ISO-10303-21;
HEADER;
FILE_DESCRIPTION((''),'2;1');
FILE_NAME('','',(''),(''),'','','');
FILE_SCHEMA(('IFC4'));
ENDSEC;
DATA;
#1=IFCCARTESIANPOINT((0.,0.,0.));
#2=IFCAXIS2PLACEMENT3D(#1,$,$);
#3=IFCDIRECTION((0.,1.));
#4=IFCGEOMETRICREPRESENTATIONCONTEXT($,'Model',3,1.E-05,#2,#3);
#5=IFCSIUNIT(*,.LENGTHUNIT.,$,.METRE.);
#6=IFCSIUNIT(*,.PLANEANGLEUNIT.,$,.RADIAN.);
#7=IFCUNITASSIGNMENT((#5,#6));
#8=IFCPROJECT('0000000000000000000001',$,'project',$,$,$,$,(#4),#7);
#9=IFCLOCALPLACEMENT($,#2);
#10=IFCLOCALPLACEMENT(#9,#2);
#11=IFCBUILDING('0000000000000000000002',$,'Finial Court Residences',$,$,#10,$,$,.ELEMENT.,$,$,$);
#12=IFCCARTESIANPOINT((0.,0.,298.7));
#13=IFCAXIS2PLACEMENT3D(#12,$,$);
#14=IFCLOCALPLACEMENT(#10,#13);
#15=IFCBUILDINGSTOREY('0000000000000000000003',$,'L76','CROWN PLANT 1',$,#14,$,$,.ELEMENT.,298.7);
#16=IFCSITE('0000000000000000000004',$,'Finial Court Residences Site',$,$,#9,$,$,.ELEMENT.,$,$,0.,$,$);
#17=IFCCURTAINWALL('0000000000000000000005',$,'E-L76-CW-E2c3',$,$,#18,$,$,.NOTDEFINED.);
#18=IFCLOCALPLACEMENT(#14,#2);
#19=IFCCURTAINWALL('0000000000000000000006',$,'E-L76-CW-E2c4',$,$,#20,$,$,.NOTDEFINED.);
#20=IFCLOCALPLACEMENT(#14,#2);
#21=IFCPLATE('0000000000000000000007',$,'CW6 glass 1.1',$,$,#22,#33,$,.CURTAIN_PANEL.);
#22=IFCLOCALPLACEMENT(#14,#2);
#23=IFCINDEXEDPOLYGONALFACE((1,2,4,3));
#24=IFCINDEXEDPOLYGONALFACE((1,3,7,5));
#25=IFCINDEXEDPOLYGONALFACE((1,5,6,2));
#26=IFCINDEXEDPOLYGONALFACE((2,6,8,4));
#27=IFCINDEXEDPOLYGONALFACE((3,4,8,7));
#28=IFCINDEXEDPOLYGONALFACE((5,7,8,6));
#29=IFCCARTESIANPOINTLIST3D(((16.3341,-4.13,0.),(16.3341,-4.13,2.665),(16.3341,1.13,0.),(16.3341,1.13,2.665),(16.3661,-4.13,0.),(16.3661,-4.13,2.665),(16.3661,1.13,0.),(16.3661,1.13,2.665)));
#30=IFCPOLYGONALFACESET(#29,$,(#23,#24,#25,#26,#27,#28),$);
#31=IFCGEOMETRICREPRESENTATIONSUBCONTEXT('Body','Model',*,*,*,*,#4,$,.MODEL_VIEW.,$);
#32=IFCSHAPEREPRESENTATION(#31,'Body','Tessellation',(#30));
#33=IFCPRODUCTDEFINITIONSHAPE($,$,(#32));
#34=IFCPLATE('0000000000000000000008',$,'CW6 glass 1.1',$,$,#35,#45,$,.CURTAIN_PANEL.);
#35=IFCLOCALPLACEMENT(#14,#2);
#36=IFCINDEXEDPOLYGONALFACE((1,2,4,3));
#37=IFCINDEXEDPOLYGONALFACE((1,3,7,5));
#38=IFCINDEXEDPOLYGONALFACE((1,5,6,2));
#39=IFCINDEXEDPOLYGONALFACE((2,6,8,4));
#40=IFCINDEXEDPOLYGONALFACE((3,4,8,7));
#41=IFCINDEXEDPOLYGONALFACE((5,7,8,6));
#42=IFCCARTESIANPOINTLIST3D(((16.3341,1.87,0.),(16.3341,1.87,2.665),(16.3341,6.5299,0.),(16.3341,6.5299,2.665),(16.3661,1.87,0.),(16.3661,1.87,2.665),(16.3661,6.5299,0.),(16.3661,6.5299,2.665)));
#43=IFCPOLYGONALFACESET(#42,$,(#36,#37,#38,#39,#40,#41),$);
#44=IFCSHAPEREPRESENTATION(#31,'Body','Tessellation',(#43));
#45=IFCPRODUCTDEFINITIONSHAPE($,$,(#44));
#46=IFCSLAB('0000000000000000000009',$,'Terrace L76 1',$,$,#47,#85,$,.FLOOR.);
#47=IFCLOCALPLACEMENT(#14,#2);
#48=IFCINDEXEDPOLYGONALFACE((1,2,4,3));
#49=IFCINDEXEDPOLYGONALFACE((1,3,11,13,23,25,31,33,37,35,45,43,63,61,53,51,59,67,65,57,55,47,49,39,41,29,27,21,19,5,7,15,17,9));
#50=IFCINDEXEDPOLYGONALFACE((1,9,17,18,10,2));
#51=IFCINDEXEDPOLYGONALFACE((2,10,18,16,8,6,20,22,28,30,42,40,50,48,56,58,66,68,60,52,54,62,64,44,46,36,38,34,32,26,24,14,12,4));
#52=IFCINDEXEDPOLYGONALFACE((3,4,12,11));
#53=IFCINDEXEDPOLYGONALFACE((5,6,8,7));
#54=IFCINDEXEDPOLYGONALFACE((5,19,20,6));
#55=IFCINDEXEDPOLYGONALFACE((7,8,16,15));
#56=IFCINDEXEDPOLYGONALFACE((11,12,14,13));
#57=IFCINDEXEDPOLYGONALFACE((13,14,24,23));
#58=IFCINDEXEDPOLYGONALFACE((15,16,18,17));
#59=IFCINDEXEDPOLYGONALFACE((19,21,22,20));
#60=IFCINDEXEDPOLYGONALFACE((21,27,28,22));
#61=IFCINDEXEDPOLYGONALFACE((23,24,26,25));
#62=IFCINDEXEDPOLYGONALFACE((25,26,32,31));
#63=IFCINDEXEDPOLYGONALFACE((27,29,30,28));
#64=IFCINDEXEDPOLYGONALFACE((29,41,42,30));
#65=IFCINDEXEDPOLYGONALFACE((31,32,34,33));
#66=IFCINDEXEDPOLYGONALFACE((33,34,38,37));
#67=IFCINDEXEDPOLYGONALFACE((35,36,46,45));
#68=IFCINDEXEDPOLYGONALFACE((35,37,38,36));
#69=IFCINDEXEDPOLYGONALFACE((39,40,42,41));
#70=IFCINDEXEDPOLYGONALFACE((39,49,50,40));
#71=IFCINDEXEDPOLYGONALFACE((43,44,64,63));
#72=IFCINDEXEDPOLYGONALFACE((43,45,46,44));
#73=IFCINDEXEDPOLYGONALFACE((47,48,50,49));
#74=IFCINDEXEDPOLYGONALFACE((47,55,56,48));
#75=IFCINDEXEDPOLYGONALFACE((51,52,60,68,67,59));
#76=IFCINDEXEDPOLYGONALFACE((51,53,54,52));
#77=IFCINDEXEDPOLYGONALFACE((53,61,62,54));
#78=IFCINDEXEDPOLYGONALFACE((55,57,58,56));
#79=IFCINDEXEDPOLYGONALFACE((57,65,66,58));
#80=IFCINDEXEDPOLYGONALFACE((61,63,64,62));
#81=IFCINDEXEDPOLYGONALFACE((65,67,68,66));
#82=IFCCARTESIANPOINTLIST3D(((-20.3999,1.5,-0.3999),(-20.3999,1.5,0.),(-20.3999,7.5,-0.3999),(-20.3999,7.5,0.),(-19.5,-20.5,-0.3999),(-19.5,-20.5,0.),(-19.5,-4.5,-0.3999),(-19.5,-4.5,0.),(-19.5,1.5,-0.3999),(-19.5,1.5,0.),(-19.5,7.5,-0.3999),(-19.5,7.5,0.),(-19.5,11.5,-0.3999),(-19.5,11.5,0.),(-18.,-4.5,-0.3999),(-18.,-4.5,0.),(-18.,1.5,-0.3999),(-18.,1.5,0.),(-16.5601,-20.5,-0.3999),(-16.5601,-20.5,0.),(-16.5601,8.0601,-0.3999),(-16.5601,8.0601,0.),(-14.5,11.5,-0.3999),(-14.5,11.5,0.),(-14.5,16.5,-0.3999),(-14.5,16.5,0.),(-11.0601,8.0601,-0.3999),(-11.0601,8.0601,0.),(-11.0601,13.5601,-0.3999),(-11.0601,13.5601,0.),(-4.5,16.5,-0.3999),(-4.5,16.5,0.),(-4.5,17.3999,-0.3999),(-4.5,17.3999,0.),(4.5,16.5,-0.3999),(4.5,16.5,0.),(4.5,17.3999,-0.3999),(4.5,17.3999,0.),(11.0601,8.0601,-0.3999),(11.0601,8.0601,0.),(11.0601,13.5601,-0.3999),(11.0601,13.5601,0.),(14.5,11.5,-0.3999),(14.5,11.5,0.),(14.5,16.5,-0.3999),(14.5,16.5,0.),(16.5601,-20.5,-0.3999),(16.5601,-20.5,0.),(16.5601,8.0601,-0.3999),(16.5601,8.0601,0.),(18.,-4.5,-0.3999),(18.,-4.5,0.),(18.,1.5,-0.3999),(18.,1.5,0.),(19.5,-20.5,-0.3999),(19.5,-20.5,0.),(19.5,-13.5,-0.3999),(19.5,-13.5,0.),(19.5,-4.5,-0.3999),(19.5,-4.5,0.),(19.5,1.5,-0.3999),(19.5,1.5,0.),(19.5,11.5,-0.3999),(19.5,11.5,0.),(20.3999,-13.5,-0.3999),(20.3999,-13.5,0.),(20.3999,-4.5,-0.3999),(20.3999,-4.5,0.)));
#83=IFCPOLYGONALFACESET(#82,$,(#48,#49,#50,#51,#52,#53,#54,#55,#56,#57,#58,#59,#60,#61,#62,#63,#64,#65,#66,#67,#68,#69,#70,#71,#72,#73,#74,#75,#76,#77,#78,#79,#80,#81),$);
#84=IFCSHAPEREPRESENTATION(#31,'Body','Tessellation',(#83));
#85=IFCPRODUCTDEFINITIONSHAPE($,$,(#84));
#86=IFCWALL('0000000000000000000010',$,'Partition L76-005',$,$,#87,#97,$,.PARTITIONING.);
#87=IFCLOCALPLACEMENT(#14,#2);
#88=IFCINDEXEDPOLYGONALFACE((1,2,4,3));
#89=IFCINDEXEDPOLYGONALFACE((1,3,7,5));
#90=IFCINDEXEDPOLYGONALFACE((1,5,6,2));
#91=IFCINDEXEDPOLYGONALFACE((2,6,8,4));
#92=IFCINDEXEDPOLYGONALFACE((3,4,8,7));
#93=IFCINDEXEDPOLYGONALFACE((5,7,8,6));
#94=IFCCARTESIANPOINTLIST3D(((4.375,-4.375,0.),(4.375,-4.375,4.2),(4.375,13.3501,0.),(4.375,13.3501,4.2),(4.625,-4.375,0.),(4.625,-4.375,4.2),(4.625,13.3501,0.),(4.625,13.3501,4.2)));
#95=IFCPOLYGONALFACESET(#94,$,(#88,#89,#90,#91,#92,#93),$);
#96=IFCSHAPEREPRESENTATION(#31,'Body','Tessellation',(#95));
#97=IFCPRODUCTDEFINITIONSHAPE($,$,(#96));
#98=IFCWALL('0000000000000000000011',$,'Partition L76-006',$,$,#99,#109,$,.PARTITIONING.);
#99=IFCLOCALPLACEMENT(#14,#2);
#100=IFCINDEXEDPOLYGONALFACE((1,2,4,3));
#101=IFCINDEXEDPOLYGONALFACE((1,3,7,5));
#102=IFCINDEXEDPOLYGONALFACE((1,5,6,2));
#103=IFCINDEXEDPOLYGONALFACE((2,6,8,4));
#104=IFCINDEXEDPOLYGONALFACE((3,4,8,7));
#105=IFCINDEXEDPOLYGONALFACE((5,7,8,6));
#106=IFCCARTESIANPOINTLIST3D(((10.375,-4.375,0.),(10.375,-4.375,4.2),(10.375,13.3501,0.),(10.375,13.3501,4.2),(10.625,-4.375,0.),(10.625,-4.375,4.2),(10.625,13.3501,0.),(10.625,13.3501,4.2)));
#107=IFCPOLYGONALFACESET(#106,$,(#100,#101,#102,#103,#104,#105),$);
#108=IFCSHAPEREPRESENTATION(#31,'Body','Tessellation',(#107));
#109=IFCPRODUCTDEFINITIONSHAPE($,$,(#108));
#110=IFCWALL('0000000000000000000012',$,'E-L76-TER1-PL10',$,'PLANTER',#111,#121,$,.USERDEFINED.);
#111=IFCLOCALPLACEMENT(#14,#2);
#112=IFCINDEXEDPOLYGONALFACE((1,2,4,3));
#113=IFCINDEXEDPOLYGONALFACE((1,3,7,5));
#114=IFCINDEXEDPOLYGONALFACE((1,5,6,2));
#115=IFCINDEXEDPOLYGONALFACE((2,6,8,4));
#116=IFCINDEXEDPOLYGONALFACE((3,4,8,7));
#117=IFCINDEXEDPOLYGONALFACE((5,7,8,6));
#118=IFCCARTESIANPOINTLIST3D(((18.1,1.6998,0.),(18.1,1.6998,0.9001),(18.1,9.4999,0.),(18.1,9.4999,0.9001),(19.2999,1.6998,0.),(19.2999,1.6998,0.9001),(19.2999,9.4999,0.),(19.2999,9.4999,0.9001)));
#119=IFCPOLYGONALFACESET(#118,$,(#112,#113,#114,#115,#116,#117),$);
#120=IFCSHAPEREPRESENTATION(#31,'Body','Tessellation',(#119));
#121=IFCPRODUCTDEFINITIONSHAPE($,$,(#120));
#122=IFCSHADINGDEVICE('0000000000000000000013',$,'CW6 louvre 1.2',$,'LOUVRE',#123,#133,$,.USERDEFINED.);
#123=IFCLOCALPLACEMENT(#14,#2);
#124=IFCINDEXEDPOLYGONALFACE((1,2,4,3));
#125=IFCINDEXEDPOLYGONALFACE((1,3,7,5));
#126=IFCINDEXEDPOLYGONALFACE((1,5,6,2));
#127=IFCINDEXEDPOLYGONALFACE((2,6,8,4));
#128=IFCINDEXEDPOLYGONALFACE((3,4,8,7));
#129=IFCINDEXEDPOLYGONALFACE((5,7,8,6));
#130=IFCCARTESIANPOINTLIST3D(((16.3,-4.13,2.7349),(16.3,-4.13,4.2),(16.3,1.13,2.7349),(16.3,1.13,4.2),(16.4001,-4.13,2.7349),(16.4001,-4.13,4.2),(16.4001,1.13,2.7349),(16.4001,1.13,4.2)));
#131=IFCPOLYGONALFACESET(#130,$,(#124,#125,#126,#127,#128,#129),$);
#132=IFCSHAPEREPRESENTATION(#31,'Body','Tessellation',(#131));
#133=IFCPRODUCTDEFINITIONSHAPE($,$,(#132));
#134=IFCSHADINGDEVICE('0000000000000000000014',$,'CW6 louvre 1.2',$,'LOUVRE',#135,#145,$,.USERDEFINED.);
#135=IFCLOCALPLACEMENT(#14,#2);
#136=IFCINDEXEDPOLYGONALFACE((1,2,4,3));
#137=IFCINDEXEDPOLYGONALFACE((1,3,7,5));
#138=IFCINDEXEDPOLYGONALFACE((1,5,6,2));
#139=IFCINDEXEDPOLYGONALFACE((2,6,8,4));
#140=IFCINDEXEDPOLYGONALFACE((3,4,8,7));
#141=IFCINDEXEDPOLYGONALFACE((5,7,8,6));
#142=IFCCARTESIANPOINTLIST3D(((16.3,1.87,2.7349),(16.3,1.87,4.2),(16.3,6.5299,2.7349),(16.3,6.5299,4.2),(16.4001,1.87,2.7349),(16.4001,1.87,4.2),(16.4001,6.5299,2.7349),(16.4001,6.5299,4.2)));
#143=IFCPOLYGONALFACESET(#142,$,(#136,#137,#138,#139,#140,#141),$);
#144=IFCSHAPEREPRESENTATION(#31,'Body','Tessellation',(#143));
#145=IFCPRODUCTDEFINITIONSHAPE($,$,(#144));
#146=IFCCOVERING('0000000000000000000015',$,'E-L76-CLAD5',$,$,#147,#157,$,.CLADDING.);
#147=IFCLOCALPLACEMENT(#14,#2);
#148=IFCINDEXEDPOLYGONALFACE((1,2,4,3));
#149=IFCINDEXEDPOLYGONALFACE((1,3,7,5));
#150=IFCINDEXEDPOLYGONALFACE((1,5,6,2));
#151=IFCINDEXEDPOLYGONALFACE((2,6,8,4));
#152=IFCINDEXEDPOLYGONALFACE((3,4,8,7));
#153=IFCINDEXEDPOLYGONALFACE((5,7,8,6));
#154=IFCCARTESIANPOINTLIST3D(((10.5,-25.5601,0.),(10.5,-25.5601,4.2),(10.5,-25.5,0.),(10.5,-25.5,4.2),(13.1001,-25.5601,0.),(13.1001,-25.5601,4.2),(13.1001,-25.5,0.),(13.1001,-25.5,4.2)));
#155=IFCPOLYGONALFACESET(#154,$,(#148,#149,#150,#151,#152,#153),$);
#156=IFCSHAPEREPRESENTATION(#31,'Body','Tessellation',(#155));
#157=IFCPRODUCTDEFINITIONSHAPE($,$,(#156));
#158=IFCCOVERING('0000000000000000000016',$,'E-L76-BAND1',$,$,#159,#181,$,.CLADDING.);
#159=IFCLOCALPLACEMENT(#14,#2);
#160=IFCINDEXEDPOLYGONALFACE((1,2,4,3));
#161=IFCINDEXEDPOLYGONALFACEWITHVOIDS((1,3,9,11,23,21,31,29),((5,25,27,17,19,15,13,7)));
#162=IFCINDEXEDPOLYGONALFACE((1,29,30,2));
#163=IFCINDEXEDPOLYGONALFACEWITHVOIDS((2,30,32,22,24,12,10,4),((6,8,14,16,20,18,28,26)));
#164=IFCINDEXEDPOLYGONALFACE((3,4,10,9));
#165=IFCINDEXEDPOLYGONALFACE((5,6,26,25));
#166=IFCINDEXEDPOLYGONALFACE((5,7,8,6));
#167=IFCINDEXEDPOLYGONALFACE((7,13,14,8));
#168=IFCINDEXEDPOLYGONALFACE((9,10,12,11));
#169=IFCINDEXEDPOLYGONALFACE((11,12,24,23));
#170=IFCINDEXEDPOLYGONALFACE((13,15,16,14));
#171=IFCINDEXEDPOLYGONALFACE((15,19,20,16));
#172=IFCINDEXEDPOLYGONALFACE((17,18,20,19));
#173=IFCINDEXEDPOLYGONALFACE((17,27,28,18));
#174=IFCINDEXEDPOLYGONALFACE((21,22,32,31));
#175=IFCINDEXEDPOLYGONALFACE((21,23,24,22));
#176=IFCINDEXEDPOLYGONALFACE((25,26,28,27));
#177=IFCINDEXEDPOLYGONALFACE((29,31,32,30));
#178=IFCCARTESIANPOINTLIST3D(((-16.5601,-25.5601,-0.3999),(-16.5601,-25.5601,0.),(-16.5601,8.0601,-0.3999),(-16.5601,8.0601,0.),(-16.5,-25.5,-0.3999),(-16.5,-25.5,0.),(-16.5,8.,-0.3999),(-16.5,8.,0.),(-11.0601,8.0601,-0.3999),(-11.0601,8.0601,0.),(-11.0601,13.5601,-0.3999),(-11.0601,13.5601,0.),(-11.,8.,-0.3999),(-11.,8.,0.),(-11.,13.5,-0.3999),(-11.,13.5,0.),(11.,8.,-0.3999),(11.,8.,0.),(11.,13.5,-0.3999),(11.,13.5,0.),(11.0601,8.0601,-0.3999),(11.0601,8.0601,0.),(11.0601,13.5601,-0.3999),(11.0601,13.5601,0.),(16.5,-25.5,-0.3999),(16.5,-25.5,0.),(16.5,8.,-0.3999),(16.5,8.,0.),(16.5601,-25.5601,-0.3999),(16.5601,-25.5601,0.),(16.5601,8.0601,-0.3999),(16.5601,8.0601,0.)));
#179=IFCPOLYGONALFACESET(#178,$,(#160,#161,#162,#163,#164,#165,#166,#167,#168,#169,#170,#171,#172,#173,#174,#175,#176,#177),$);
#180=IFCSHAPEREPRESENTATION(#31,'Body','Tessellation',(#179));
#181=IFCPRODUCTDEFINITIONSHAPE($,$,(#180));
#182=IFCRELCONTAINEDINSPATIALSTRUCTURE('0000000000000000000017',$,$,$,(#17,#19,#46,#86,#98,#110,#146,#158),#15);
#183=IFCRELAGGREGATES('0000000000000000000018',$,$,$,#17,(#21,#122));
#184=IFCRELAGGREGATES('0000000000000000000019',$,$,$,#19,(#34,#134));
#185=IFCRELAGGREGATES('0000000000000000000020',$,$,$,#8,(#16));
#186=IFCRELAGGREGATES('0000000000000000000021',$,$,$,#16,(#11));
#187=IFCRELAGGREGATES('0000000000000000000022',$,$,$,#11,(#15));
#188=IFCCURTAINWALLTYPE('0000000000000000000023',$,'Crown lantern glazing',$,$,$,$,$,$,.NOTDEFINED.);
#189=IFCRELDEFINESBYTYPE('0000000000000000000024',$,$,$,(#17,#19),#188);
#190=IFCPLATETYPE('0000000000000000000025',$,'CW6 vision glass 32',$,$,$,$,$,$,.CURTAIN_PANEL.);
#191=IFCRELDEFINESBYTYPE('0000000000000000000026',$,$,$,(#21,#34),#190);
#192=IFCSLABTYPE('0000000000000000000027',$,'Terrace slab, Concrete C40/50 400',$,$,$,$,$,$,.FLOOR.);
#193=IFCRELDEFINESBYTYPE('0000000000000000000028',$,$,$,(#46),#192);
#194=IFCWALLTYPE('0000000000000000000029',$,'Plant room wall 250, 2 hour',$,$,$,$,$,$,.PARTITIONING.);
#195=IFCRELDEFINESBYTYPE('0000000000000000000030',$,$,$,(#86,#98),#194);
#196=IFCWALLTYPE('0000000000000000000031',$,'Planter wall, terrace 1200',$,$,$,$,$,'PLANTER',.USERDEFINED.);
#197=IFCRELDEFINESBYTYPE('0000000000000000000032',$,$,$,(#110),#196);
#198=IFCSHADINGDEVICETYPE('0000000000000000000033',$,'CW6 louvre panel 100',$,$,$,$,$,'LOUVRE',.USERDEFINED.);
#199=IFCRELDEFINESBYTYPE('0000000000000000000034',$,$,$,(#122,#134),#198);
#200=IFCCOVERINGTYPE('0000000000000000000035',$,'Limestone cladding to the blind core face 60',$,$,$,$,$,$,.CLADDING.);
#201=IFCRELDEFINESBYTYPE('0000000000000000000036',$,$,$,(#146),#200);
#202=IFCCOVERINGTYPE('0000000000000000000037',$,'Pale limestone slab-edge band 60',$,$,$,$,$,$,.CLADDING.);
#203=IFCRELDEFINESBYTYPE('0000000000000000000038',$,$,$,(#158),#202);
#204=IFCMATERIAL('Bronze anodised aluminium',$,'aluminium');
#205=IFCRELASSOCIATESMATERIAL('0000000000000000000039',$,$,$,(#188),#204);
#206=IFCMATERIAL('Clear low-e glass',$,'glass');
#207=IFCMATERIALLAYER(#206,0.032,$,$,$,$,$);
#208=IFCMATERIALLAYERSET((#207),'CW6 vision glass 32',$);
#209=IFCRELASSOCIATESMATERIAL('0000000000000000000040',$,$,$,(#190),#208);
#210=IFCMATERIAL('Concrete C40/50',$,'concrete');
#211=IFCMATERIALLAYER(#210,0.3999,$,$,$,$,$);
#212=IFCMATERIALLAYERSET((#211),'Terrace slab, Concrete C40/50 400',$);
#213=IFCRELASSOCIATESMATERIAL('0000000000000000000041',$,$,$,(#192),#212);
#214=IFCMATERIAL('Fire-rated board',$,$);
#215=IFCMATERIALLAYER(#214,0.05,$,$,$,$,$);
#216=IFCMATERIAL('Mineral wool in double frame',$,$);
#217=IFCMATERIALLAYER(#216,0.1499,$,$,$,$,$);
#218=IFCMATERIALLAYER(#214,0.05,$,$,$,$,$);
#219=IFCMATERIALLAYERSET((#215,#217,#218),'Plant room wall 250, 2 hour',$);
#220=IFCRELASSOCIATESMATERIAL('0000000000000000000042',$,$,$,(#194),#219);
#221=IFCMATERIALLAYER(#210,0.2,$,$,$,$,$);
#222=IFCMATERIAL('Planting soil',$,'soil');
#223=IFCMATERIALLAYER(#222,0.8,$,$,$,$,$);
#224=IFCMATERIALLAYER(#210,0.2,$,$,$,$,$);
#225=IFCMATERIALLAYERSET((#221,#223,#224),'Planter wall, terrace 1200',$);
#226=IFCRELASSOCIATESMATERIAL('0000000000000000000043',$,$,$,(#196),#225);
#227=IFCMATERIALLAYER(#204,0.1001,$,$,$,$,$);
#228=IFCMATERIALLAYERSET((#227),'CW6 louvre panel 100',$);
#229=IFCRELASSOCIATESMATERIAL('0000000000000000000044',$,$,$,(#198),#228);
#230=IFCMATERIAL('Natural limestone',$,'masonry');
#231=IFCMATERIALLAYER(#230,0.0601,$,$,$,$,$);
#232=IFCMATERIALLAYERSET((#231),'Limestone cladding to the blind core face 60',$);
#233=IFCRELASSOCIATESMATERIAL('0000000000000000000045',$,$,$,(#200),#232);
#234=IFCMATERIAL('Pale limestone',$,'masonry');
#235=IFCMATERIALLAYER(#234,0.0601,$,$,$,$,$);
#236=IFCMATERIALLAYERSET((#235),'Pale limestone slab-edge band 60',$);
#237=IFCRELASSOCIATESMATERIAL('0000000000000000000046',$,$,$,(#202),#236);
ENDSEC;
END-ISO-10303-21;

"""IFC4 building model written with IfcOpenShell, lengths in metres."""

from ifc_helpers import new_model, si_unit, direction, frame, frame_2d, origin, origin_2d, place, context, subcontext, project, spatial, polyline, rectangle, outline, extrude, material, layer, layer_set, type_object, element, aggregate, save


model = new_model("IFC4")

# Units and contexts
model_context = context("Model", 3, precision=1e-05, world=origin(), true_north=direction((0.0, 1.0)))
body_context = subcontext(model_context, "Body", "Model", "MODEL_VIEW")
ifc_project = project(units=[si_unit("LENGTHUNIT", "METRE"), si_unit("PLANEANGLEUNIT", "RADIAN")], contexts=[model_context])

# Site, building, storey
site_placement = place(None, origin())
site = spatial("IfcSite", under=ifc_project, at=site_placement, Name="Finial Court Residences Site", CompositionType="ELEMENT", RefElevation=0.0)
building_placement = place(site_placement, origin())
building = spatial("IfcBuilding", under=site, at=building_placement, Name="Finial Court Residences", CompositionType="ELEMENT")
storey_placement = place(building_placement, frame((0.0, 0.0, 298.7)))
storey = spatial("IfcBuildingStorey", under=building, at=storey_placement, Name="L76", Description="CROWN PLANT 1", CompositionType="ELEMENT", Elevation=298.7)

# Shared definitions
ifc_material_1 = material(Name="Concrete C40/50", Category="concrete")

# Curtain walls
ifc_material_2 = material(Name="Bronze anodised aluminium", Category="aluminium")
curtain_wall_type = type_object("IfcCurtainWallType", Name="Crown lantern glazing", PredefinedType="NOTDEFINED", material=ifc_material_2)
curtain_wall_1_placement = place(storey_placement, origin())
curtain_wall_1 = element("IfcCurtainWall", 1, at=curtain_wall_1_placement, inside=storey, type_object=curtain_wall_type, Name="E-L76-CW-E2c3", PredefinedType="NOTDEFINED")
curtain_wall_2_placement = place(storey_placement, origin())
curtain_wall_2 = element("IfcCurtainWall", 2, at=curtain_wall_2_placement, inside=storey, type_object=curtain_wall_type, Name="E-L76-CW-E2c4", PredefinedType="NOTDEFINED")

# Plates
ifc_material_3 = material(Name="Clear low-e glass", Category="glass")
ifc_layer_1 = layer(ifc_material_3, 0.032)
ifc_layer_set_1 = layer_set([ifc_layer_1], Name="CW6 vision glass 32")
plate_type = type_object("IfcPlateType", Name="CW6 vision glass 32", PredefinedType="CURTAIN_PANEL", material=ifc_layer_set_1)
plate_1_placement = place(storey_placement, frame((16.3501, -1.5, 0.0), z_axis=(0.0, 0.0, 1.0), x_axis=(0.0, 1.0, 0.0)))
plate_1 = element("IfcPlate", 3, at=plate_1_placement, type_object=plate_type, Name="CW6 glass 1.1", PredefinedType="CURTAIN_PANEL", context=body_context, shape_type="SweptSolid", body=[
    extrude(rectangle(XDim=5.26, YDim=0.032, at=origin_2d()), origin(), (0.0, 0.0, 1.0), 2.665),
])
plate_2_placement = place(storey_placement, frame((16.3501, 4.2, 0.0), z_axis=(0.0, 0.0, 1.0), x_axis=(0.0, 1.0, 0.0)))
plate_2 = element("IfcPlate", 4, at=plate_2_placement, type_object=plate_type, Name="CW6 glass 1.1", PredefinedType="CURTAIN_PANEL", context=body_context, shape_type="SweptSolid", body=[
    extrude(rectangle(XDim=4.6599, YDim=0.032, at=origin_2d()), origin(), (0.0, 0.0, 1.0), 2.665),
])

# Slab
ifc_layer_2 = layer(ifc_material_1, 0.3999)
ifc_layer_set_2 = layer_set([ifc_layer_2], Name="Terrace slab, Concrete C40/50 400")
slab_type = type_object("IfcSlabType", Name="Terrace slab, Concrete C40/50 400", PredefinedType="FLOOR", material=ifc_layer_set_2)
slab_placement = place(storey_placement, frame((0.0, 0.0, -0.3999)))
element("IfcSlab", 5, at=slab_placement, inside=storey, type_object=slab_type, Name="Terrace L76 1", PredefinedType="FLOOR", context=body_context, shape_type="SweptSolid", body=[
    extrude(outline(polyline([(16.5601, -20.5), (16.5601, 8.0601), (11.0601, 8.0601), (11.0601, 13.5601), (-11.0601, 13.5601), (-11.0601, 8.0601), (-16.5601, 8.0601), (-16.5601, -20.5), (-19.5, -20.5), (-19.5, -4.5), (-18.0, -4.5), (-18.0, 1.5), (-19.5, 1.5), (-20.3999, 1.5), (-20.3999, 7.5), (-19.5, 7.5), (-19.5, 11.5), (-14.5, 11.5), (-14.5, 16.5), (-4.5, 16.5), (-4.5, 17.3999), (4.5, 17.3999), (4.5, 16.5), (14.5, 16.5), (14.5, 11.5), (19.5, 11.5), (19.5, 1.5), (18.0, 1.5), (18.0, -4.5), (19.5, -4.5), (20.3999, -4.5), (20.3999, -13.5), (19.5, -13.5), (19.5, -20.5), (16.5601, -20.5)])), origin(), (0.0, 0.0, 1.0), 0.3999),
])

# Walls
ifc_material_4 = material(Name="Fire-rated board")
ifc_layer_3 = layer(ifc_material_4, 0.05)
ifc_material_5 = material(Name="Mineral wool in double frame")
ifc_layer_4 = layer(ifc_material_5, 0.1499)
ifc_layer_5 = layer(ifc_material_4, 0.05)
ifc_layer_set_3 = layer_set([ifc_layer_3, ifc_layer_4, ifc_layer_5], Name="Plant room wall 250, 2 hour")
wall_type_1 = type_object("IfcWallType", Name="Plant room wall 250, 2 hour", PredefinedType="PARTITIONING", material=ifc_layer_set_3)
for number, where, z_axis, x_axis, name in (
    (6, (4.5, -4.375, 0.0), (0.0, 0.0, 1.0), (0.0, 1.0, 0.0), "Partition L76-005"),
    (7, (10.5, -4.375, 0.0), (0.0, 0.0, 1.0), (0.0, 1.0, 0.0), "Partition L76-006"),
):
    element("IfcWall", number, at=place(storey_placement, frame(where, z_axis=z_axis, x_axis=x_axis)), inside=storey, type_object=wall_type_1, Name=name, PredefinedType="PARTITIONING", context=body_context, shape_type="SweptSolid", body=[
        extrude(rectangle(XDim=17.7251, YDim=0.25, at=frame_2d((8.8625, 0.0))), origin(), (0.0, 0.0, 1.0), 4.2),
    ])
ifc_layer_6 = layer(ifc_material_1, 0.2)
ifc_material_6 = material(Name="Planting soil", Category="soil")
ifc_layer_7 = layer(ifc_material_6, 0.8)
ifc_layer_8 = layer(ifc_material_1, 0.2)
ifc_layer_set_4 = layer_set([ifc_layer_6, ifc_layer_7, ifc_layer_8], Name="Planter wall, terrace 1200")
wall_type_2 = type_object("IfcWallType", Name="Planter wall, terrace 1200", ElementType="PLANTER", PredefinedType="USERDEFINED", material=ifc_layer_set_4)
wall_placement = place(storey_placement, frame((18.7, 1.7, 0.0), z_axis=(0.0, 0.0, 1.0), x_axis=(0.0, 1.0, 0.0)))
element("IfcWall", 8, at=wall_placement, inside=storey, type_object=wall_type_2, Name="E-L76-TER1-PL10", ObjectType="PLANTER", PredefinedType="USERDEFINED", context=body_context, shape_type="SweptSolid", body=[
    extrude(rectangle(XDim=7.8, YDim=1.2, at=frame_2d((3.8999, 0.0))), origin(), (0.0, 0.0, 1.0), 0.9001),
])

# Shading devices
ifc_layer_9 = layer(ifc_material_2, 0.1001)
ifc_layer_set_5 = layer_set([ifc_layer_9], Name="CW6 louvre panel 100")
shading_device_type = type_object("IfcShadingDeviceType", Name="CW6 louvre panel 100", ElementType="LOUVRE", PredefinedType="USERDEFINED", material=ifc_layer_set_5)
shading_device_1_placement = place(storey_placement, frame((16.3501, -1.5, 2.7349), z_axis=(0.0, 0.0, 1.0), x_axis=(0.0, 1.0, 0.0)))
shading_device_1 = element("IfcShadingDevice", 9, at=shading_device_1_placement, type_object=shading_device_type, Name="CW6 louvre 1.2", ObjectType="LOUVRE", PredefinedType="USERDEFINED", context=body_context, shape_type="SweptSolid", body=[
    extrude(rectangle(XDim=5.26, YDim=0.1001, at=origin_2d()), origin(), (0.0, 0.0, 1.0), 1.4651),
])
aggregate(curtain_wall_1, [plate_1, shading_device_1])
shading_device_2_placement = place(storey_placement, frame((16.3501, 4.2, 2.7349), z_axis=(0.0, 0.0, 1.0), x_axis=(0.0, 1.0, 0.0)))
shading_device_2 = element("IfcShadingDevice", 10, at=shading_device_2_placement, type_object=shading_device_type, Name="CW6 louvre 1.2", ObjectType="LOUVRE", PredefinedType="USERDEFINED", context=body_context, shape_type="SweptSolid", body=[
    extrude(rectangle(XDim=4.6599, YDim=0.1001, at=origin_2d()), origin(), (0.0, 0.0, 1.0), 1.4651),
])
aggregate(curtain_wall_2, [plate_2, shading_device_2])

# Coverings
ifc_material_7 = material(Name="Natural limestone", Category="masonry")
ifc_layer_10 = layer(ifc_material_7, 0.0601)
ifc_layer_set_6 = layer_set([ifc_layer_10], Name="Limestone cladding to the blind core face 60")
covering_type_1 = type_object("IfcCoveringType", Name="Limestone cladding to the blind core face 60", PredefinedType="CLADDING", material=ifc_layer_set_6)
covering_1_placement = place(storey_placement, origin())
element("IfcCovering", 11, at=covering_1_placement, inside=storey, type_object=covering_type_1, Name="E-L76-CLAD5", PredefinedType="CLADDING", context=body_context, shape_type="SweptSolid", body=[
    extrude(outline(polyline([(13.1001, -25.5601), (13.1001, -25.5), (10.5, -25.5), (10.5, -25.5601), (13.1001, -25.5601)])), origin(), (0.0, 0.0, 1.0), 4.2),
])
ifc_material_8 = material(Name="Pale limestone", Category="masonry")
ifc_layer_11 = layer(ifc_material_8, 0.0601)
ifc_layer_set_7 = layer_set([ifc_layer_11], Name="Pale limestone slab-edge band 60")
covering_type_2 = type_object("IfcCoveringType", Name="Pale limestone slab-edge band 60", PredefinedType="CLADDING", material=ifc_layer_set_7)
covering_2_placement = place(storey_placement, frame((0.0, 0.0, -0.3999)))
element("IfcCovering", 12, at=covering_2_placement, inside=storey, type_object=covering_type_2, Name="E-L76-BAND1", PredefinedType="CLADDING", context=body_context, shape_type="SweptSolid", body=[
    extrude(outline(polyline([(-16.5601, -25.5601), (-16.5601, 8.0601), (-11.0601, 8.0601), (-11.0601, 13.5601), (11.0601, 13.5601), (11.0601, 8.0601), (16.5601, 8.0601), (16.5601, -25.5601), (-16.5601, -25.5601)]), holes=[polyline([(16.5, 8.0), (11.0, 8.0), (11.0, 13.5), (-11.0, 13.5), (-11.0, 8.0), (-16.5, 8.0), (-16.5, -25.5), (16.5, -25.5), (16.5, 8.0)])]), origin(), (0.0, 0.0, 1.0), 0.3999),
])

save(model, "model.ifc")
